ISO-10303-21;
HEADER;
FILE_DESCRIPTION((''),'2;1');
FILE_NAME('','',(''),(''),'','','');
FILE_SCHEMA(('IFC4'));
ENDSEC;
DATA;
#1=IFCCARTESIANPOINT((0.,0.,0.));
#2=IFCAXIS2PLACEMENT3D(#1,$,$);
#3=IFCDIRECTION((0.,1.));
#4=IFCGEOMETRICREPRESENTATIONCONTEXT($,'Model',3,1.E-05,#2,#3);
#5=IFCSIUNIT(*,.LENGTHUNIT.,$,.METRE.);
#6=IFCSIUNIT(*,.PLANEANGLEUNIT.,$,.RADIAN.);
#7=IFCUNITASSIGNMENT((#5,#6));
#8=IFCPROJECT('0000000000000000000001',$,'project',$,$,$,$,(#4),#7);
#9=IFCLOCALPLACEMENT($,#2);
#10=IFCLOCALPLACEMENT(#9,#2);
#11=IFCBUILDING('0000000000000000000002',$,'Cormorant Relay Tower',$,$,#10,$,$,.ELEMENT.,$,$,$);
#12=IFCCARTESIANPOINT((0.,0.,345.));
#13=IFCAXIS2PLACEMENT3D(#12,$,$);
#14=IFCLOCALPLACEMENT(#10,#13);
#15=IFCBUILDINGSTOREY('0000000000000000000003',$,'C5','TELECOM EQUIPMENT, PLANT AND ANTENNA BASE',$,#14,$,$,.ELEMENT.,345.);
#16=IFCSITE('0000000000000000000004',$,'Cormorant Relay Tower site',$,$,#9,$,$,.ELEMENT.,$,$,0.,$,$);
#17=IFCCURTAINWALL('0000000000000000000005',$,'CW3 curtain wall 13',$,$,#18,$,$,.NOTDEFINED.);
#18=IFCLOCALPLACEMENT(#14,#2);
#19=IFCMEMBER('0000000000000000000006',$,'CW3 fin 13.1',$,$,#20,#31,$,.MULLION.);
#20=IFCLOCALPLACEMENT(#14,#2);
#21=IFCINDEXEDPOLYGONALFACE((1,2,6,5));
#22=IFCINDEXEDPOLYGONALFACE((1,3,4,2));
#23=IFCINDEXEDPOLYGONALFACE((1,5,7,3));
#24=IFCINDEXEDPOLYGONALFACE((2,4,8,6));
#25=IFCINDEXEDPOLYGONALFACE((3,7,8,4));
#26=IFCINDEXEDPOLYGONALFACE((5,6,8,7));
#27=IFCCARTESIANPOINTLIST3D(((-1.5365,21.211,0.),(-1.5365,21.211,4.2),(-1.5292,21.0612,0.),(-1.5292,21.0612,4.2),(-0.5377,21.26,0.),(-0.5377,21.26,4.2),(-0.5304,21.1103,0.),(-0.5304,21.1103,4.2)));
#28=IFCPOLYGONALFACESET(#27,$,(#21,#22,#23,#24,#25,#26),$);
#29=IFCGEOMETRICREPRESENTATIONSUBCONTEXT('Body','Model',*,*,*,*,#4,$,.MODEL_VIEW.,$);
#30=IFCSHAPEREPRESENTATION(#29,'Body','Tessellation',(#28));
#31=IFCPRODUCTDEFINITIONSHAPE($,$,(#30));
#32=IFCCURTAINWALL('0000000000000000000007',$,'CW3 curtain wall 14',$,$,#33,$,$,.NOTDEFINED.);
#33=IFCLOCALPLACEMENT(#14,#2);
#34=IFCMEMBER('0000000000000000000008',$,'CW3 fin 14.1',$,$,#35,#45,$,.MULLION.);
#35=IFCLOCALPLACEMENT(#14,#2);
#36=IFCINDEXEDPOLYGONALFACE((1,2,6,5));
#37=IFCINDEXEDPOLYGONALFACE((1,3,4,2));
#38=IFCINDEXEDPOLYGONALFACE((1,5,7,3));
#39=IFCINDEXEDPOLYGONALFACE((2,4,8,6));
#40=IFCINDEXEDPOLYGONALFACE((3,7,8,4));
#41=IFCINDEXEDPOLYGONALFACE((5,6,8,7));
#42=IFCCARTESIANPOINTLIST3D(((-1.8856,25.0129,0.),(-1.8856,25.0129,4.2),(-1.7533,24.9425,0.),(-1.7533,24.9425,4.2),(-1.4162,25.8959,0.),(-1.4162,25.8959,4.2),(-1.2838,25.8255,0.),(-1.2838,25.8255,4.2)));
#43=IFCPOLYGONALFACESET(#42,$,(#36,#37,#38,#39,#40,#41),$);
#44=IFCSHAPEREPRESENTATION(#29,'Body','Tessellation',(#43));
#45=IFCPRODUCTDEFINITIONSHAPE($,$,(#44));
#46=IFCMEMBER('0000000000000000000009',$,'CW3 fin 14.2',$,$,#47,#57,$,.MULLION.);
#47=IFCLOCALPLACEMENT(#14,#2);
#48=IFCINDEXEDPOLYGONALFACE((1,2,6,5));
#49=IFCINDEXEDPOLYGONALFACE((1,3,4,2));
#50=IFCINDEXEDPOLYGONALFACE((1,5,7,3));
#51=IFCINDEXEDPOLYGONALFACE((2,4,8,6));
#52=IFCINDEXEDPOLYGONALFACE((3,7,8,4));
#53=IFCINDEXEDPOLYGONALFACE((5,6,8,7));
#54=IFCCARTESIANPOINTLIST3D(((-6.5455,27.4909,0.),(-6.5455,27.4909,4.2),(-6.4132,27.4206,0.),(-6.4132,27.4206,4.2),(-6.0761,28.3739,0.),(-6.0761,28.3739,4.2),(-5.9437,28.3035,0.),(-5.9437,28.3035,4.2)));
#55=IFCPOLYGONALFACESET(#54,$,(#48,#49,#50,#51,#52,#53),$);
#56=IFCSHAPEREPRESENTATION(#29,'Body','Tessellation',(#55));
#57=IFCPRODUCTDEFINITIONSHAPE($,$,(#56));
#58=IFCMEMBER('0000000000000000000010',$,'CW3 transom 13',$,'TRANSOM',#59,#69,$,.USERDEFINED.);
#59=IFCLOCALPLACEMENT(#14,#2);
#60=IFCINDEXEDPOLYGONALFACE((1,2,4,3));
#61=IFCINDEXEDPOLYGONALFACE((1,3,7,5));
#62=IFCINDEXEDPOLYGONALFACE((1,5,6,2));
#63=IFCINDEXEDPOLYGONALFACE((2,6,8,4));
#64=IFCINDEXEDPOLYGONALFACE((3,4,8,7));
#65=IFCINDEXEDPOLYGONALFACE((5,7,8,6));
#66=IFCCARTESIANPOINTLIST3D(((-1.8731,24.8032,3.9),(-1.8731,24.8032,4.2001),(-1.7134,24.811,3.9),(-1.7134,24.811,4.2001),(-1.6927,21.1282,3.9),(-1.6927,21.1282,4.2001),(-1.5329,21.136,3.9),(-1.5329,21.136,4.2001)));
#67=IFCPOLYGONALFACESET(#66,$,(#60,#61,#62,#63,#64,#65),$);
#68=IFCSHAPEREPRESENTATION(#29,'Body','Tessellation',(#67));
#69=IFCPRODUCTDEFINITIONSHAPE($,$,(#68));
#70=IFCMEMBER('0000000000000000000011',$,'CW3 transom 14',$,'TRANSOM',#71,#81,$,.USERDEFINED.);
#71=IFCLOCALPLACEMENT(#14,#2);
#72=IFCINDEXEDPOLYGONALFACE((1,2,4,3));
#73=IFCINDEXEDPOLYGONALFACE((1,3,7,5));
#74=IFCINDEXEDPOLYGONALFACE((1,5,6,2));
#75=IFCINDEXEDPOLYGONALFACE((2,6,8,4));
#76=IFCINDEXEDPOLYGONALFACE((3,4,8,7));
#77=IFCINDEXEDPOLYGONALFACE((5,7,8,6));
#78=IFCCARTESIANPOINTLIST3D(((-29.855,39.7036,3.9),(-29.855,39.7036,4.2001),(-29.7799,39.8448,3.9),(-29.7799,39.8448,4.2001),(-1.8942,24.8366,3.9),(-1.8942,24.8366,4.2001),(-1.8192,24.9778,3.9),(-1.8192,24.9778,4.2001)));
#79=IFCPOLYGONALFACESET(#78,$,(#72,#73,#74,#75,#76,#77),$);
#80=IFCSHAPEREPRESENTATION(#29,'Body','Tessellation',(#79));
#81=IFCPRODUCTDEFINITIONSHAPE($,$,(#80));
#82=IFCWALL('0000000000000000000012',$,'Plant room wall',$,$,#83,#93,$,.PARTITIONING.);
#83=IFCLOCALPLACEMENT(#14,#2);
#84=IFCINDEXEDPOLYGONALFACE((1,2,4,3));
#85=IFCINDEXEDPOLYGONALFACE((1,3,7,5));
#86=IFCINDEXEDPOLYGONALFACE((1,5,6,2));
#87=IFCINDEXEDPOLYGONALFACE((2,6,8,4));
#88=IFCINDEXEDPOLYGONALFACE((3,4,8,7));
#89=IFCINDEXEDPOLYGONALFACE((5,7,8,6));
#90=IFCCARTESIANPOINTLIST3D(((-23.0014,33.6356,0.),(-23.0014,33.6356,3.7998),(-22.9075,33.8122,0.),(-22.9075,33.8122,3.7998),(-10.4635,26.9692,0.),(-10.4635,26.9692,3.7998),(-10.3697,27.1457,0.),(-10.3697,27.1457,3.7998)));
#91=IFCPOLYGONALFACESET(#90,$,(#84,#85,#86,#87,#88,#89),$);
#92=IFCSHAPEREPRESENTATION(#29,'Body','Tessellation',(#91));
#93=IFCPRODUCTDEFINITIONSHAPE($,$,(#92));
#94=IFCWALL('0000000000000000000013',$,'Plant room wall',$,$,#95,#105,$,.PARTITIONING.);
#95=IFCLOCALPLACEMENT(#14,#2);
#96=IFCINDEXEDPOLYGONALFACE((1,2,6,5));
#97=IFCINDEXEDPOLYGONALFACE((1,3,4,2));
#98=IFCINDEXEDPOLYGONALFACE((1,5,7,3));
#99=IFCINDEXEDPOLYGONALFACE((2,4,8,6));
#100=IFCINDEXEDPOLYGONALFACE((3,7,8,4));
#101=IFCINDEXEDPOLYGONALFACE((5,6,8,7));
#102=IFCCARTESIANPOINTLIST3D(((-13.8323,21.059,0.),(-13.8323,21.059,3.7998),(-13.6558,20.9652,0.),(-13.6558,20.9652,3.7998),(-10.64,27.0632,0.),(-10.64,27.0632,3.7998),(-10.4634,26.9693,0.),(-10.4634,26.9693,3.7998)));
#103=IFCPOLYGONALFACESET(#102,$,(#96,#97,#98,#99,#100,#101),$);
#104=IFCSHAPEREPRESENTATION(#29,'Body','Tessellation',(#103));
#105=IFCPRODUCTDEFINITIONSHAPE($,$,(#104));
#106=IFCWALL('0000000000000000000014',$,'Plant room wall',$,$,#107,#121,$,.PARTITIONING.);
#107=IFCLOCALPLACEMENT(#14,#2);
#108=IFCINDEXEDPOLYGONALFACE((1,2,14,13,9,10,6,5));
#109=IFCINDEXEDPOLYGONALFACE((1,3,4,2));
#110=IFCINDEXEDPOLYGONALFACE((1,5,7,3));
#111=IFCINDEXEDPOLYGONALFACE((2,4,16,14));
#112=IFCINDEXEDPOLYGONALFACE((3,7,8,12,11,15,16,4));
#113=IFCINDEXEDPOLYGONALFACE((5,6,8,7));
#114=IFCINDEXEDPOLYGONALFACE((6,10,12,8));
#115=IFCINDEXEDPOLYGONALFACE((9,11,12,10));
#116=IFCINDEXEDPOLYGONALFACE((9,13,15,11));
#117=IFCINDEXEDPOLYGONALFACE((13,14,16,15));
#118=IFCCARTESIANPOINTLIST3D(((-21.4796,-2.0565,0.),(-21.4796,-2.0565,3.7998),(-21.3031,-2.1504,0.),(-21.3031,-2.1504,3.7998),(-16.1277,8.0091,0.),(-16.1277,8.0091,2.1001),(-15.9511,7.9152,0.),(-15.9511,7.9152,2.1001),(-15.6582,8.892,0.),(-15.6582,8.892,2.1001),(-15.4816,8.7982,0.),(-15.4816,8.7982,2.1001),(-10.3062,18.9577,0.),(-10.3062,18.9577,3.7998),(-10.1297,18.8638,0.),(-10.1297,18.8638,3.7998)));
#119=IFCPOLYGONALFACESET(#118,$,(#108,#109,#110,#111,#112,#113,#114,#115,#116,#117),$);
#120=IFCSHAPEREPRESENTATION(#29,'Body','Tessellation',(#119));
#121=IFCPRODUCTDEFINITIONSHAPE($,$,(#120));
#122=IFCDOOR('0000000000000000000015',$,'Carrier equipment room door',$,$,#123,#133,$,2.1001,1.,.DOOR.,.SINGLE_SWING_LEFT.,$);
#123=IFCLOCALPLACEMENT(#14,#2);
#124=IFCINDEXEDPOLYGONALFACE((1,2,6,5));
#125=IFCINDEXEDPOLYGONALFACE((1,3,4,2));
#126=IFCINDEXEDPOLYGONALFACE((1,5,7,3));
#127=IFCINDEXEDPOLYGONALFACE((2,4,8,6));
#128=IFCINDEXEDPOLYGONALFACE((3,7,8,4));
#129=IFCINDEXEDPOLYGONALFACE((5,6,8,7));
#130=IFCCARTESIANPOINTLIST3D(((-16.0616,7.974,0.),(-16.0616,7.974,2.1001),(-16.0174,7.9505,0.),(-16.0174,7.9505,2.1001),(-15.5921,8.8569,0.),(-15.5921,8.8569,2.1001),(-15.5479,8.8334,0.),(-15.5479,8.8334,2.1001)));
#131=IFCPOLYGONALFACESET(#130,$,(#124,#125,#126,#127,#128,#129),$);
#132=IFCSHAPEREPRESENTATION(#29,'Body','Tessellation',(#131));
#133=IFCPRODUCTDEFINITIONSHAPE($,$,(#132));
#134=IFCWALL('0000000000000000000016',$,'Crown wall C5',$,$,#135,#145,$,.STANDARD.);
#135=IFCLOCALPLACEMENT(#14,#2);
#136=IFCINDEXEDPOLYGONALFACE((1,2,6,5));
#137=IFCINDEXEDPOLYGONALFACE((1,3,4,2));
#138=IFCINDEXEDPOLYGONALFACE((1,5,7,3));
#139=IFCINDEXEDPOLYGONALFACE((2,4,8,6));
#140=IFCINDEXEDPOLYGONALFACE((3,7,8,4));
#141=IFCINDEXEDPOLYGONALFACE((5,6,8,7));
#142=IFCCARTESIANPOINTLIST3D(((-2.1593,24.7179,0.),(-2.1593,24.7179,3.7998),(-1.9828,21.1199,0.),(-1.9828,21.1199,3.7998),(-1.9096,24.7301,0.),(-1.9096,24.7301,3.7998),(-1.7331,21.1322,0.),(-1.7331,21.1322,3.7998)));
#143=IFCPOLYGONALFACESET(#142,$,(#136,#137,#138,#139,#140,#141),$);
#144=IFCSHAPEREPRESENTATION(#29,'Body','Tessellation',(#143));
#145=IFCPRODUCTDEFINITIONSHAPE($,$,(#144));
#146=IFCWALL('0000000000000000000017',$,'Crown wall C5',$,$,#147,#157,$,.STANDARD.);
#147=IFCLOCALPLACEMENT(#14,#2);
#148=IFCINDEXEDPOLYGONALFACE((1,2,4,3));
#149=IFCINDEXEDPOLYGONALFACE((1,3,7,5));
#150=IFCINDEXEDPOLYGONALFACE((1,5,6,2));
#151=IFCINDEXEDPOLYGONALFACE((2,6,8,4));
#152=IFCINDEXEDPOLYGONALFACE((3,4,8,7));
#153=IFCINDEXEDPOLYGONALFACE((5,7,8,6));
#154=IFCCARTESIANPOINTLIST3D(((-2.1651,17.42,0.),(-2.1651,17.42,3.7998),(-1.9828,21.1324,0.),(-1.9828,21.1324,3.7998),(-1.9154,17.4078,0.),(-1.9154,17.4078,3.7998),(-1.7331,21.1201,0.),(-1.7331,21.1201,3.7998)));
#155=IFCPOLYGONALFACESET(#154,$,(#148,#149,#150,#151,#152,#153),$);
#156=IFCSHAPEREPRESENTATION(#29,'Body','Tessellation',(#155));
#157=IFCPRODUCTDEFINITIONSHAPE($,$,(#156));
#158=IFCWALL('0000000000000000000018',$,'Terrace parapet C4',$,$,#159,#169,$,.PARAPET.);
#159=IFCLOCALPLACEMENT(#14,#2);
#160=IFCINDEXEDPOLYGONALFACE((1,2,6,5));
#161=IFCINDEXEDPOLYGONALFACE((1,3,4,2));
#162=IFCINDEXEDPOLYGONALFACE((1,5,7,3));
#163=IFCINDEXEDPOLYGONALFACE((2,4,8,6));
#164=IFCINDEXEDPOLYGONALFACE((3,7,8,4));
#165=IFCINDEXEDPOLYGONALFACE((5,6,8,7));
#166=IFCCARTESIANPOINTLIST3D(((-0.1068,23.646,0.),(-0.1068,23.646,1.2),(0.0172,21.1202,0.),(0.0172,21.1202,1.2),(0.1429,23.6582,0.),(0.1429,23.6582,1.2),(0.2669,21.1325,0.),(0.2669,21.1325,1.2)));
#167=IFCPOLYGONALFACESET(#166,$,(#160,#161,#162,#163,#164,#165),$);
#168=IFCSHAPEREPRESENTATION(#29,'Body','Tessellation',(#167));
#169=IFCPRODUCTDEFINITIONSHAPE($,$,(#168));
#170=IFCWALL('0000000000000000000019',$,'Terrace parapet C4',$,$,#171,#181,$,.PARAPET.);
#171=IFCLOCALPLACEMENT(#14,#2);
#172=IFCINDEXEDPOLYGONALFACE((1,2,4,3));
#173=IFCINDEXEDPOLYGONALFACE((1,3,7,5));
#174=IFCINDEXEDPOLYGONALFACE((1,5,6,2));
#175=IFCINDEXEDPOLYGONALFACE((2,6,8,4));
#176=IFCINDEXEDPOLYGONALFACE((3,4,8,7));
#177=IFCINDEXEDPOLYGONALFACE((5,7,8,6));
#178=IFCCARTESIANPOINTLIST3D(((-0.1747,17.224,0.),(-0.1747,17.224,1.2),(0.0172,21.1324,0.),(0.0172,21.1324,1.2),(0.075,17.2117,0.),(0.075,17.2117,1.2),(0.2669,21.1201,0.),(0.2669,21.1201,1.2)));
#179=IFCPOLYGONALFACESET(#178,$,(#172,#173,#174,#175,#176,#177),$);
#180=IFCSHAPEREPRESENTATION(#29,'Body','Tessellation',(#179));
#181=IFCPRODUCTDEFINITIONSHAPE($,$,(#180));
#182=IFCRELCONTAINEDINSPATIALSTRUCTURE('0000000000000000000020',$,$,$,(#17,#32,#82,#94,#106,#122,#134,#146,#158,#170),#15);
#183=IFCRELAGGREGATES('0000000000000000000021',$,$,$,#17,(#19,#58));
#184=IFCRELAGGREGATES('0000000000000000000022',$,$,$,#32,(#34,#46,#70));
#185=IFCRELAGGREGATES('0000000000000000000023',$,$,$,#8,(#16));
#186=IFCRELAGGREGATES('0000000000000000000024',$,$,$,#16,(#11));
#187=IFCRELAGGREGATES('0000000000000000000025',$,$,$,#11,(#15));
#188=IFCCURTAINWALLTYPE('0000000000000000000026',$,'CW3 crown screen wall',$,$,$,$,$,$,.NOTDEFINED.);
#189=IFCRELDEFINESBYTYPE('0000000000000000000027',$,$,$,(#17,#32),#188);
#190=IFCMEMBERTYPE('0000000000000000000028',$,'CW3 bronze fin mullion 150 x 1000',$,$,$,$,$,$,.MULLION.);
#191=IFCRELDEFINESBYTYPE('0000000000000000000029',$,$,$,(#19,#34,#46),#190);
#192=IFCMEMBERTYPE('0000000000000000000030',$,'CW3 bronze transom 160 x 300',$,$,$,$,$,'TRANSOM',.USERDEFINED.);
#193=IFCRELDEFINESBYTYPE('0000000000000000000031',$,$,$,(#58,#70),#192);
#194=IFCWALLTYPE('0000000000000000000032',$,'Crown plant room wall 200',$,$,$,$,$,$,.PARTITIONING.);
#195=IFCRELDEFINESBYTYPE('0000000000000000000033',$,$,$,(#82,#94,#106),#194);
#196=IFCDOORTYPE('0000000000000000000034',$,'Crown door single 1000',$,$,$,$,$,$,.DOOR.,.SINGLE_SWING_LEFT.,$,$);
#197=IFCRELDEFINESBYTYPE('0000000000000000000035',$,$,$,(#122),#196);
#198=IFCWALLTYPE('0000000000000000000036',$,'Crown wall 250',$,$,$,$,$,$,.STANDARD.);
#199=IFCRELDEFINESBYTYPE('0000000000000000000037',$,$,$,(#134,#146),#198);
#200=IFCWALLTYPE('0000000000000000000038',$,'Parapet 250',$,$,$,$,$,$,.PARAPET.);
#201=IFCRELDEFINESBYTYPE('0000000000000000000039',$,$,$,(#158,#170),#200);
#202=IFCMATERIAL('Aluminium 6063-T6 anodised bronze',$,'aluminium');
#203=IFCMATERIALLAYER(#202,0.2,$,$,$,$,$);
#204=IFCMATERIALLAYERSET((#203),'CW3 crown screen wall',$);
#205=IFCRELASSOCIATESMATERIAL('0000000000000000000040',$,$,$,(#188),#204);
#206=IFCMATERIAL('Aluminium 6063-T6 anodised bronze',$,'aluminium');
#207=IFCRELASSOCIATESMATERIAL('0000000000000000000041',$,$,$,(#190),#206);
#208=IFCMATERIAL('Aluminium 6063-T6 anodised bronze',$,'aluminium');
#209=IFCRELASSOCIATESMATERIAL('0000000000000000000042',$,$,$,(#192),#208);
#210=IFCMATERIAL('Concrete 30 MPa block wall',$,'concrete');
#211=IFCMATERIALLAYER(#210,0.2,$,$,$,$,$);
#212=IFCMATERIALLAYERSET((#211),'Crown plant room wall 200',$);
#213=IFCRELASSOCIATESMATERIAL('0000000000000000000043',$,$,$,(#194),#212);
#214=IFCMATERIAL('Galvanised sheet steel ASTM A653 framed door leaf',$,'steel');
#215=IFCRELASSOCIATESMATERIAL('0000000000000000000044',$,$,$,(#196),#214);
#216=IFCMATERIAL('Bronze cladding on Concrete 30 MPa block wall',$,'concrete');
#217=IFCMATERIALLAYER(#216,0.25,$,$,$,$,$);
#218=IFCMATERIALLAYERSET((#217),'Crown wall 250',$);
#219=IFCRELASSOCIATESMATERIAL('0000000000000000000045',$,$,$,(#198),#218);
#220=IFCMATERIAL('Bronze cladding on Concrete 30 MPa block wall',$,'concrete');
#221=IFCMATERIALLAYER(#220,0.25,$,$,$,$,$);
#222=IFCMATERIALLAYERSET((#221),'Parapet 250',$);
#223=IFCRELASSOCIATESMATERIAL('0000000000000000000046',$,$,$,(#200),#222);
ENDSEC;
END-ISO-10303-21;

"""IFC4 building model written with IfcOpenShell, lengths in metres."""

from ifc_helpers import new_model, si_unit, direction, frame, frame_2d, origin, origin_2d, place, context, subcontext, project, spatial, rectangle, extrude, material, layer, layer_set, material_profile, profile_set, type_object, element, fill, aggregate, save


model = new_model("IFC4")

# Units and contexts
model_context = context("Model", 3, precision=1e-05, world=origin(), true_north=direction((0.0, 1.0)))
body_context = subcontext(model_context, "Body", "Model", "MODEL_VIEW")
ifc_project = project(units=[si_unit("LENGTHUNIT", "METRE"), si_unit("PLANEANGLEUNIT", "RADIAN")], contexts=[model_context])

# Site, building, storey
site_placement = place(None, origin())
site = spatial("IfcSite", under=ifc_project, at=site_placement, Name="Cormorant Relay Tower site", CompositionType="ELEMENT", RefElevation=0.0)
building_placement = place(site_placement, origin())
building = spatial("IfcBuilding", under=site, at=building_placement, Name="Cormorant Relay Tower", CompositionType="ELEMENT")
storey_placement = place(building_placement, frame((0.0, 0.0, 345.0)))
storey = spatial("IfcBuildingStorey", under=building, at=storey_placement, Name="C5", Description="TELECOM EQUIPMENT, PLANT AND ANTENNA BASE", CompositionType="ELEMENT", Elevation=345.0)

# Curtain wall, member
ifc_material_1 = material(Name="Aluminium 6063-T6 anodised bronze", Category="aluminium")
ifc_layer_1 = layer(ifc_material_1, 0.2)
ifc_layer_set_1 = layer_set([ifc_layer_1], Name="CW3 crown screen wall")
curtain_wall_type = type_object("IfcCurtainWallType", Name="CW3 crown screen wall", PredefinedType="NOTDEFINED", material=ifc_layer_set_1)
curtain_wall_1_placement = place(storey_placement, origin())
curtain_wall_1 = element("IfcCurtainWall", 1, at=curtain_wall_1_placement, inside=storey, type_object=curtain_wall_type, Name="CW3 curtain wall 13", PredefinedType="NOTDEFINED")
ifc_material_2 = material(Name="Aluminium 6063-T6 anodised bronze", Category="aluminium")
ifc_material_profile_1 = material_profile(ifc_material_2, rectangle(XDim=0.1499, YDim=1.0, at=origin_2d()), Name="AL 150x1000")
ifc_profile_set_1 = profile_set([ifc_material_profile_1], Name="Aluminium 6063-T6 anodised bronze")
member_type_1 = type_object("IfcMemberType", Name="CW3 bronze fin mullion 150 x 1000", PredefinedType="MULLION", material=ifc_profile_set_1)
member_1_placement = place(storey_placement, frame((-1.0334, 21.1606, 0.0), z_axis=(0.0, 0.0, 1.0), x_axis=(-0.049068, 0.998795, 0.0)))
member_1 = element("IfcMember", 2, at=member_1_placement, type_object=member_type_1, Name="CW3 fin 13.1", PredefinedType="MULLION", context=body_context, shape_type="SweptSolid", body=[
    extrude(rectangle(XDim=0.1499, YDim=1.0, at=origin_2d()), origin(), (0.0, 0.0, 1.0), 4.2),
])

# Curtain wall, members
curtain_wall_2_placement = place(storey_placement, origin())
curtain_wall_2 = element("IfcCurtainWall", 3, at=curtain_wall_2_placement, inside=storey, type_object=curtain_wall_type, Name="CW3 curtain wall 14", PredefinedType="NOTDEFINED")
member_2_placement = place(storey_placement, frame((-1.5847, 25.4192, 0.0), z_axis=(0.0, 0.0, 1.0), x_axis=(-0.882948, 0.469472, 0.0)))
member_2 = element("IfcMember", 4, at=member_2_placement, type_object=member_type_1, Name="CW3 fin 14.1", PredefinedType="MULLION", context=body_context, shape_type="SweptSolid", body=[
    extrude(rectangle(XDim=0.1499, YDim=1.0, at=origin_2d()), origin(), (0.0, 0.0, 1.0), 4.2),
])
member_3_placement = place(storey_placement, frame((-6.2446, 27.8972, 0.0), z_axis=(0.0, 0.0, 1.0), x_axis=(-0.882948, 0.469472, 0.0)))
member_3 = element("IfcMember", 5, at=member_3_placement, type_object=member_type_1, Name="CW3 fin 14.2", PredefinedType="MULLION", context=body_context, shape_type="SweptSolid", body=[
    extrude(rectangle(XDim=0.1499, YDim=1.0, at=origin_2d()), origin(), (0.0, 0.0, 1.0), 4.2),
])

# Members
ifc_material_3 = material(Name="Aluminium 6063-T6 anodised bronze", Category="aluminium")
ifc_material_profile_2 = material_profile(ifc_material_3, rectangle(XDim=0.1599, YDim=0.3, at=origin_2d()), Name="AL 160x300")
ifc_profile_set_2 = profile_set([ifc_material_profile_2], Name="Aluminium 6063-T6 anodised bronze")
member_type_2 = type_object("IfcMemberType", Name="CW3 bronze transom 160 x 300", ElementType="TRANSOM", PredefinedType="USERDEFINED", material=ifc_profile_set_2)
member_4_placement = place(storey_placement, frame((-1.6128, 21.1321, 4.05), z_axis=(-0.049034, 0.998797, 0.0), x_axis=(-0.998797, -0.049034, 0.0)))
member_4 = element("IfcMember", 6, at=member_4_placement, type_object=member_type_2, Name="CW3 transom 13", ObjectType="TRANSOM", PredefinedType="USERDEFINED", context=body_context, shape_type="SweptSolid", body=[
    extrude(rectangle(XDim=0.1599, YDim=0.3, at=origin_2d()), origin(), (0.0, 0.0, 1.0), 3.6794),
])
member_5_placement = place(storey_placement, frame((-1.8567, 24.9072, 4.05), z_axis=(-0.882948, 0.469471, 0.0), x_axis=(-0.469471, -0.882948, 0.0)))
member_5 = element("IfcMember", 7, at=member_5_placement, type_object=member_type_2, Name="CW3 transom 14", ObjectType="TRANSOM", PredefinedType="USERDEFINED", context=body_context, shape_type="SweptSolid", body=[
    extrude(rectangle(XDim=0.1599, YDim=0.3, at=origin_2d()), origin(), (0.0, 0.0, 1.0), 31.6675),
])

# Walls
ifc_material_4 = material(Name="Concrete 30 MPa block wall", Category="concrete")
ifc_layer_2 = layer(ifc_material_4, 0.2)
ifc_layer_set_2 = layer_set([ifc_layer_2], Name="Crown plant room wall 200")
wall_type_1 = type_object("IfcWallType", Name="Crown plant room wall 200", PredefinedType="PARTITIONING", material=ifc_layer_set_2)
wall_1_placement = place(storey_placement, frame((-10.4165, 27.0574, 0.0), z_axis=(0.0, 0.0, 1.0), x_axis=(-0.882947, 0.469472, 0.0)))
element("IfcWall", 8, at=wall_1_placement, inside=storey, type_object=wall_type_1, Name="Plant room wall", PredefinedType="PARTITIONING", context=body_context, shape_type="SweptSolid", body=[
    extrude(rectangle(XDim=14.2, YDim=0.2, at=frame_2d((7.1001, 0.0))), origin(), (0.0, 0.0, 1.0), 3.7998),
])
wall_2_placement = place(storey_placement, frame((-10.5518, 27.0161, 0.0), z_axis=(0.0, 0.0, 1.0), x_axis=(-0.469462, -0.882953, 0.0)))
element("IfcWall", 9, at=wall_2_placement, inside=storey, type_object=wall_type_1, Name="Plant room wall", PredefinedType="PARTITIONING", context=body_context, shape_type="SweptSolid", body=[
    extrude(rectangle(XDim=6.8, YDim=0.2, at=frame_2d((3.3999, 0.0))), origin(), (0.0, 0.0, 1.0), 3.7998),
])

# Wall, opening, door
wall_3_placement = place(storey_placement, frame((-10.218, 18.9106, 0.0), z_axis=(0.0, 0.0, 1.0), x_axis=(-0.469469, -0.882949, 0.0)))
wall_3 = element("IfcWall", 10, at=wall_3_placement, inside=storey, type_object=wall_type_1, Name="Plant room wall", PredefinedType="PARTITIONING", context=body_context, shape_type="SweptSolid", body=[
    extrude(rectangle(XDim=23.8, YDim=0.2, at=frame_2d((11.8999, 0.0))), origin(), (0.0, 0.0, 1.0), 3.7998),
])
opening_placement = place(wall_3_placement, frame((11.3999, 0.0, 0.0)))
opening = element("IfcOpeningElement", 11, at=opening_placement, cuts=wall_3, PredefinedType="OPENING", context=body_context, shape_type="SweptSolid", body=[
    extrude(rectangle(XDim=1.0, YDim=2.1001, at=frame_2d((0.5, 1.05))), frame((0.0, 0.1099, 0.0), z_axis=(0.0, -1.0, 0.0), x_axis=(1.0, 0.0, 0.0)), (0.0, 0.0, 1.0), 0.22),
])
ifc_material_5 = material(Name="Galvanised sheet steel ASTM A653 framed door leaf", Category="steel")
door_type = type_object("IfcDoorType", Name="Crown door single 1000", OperationType="SINGLE_SWING_LEFT", PredefinedType="DOOR", material=ifc_material_5)
door_placement = place(opening_placement, origin())
door = element("IfcDoor", 12, at=door_placement, inside=storey, type_object=door_type, Name="Carrier equipment room door", OperationType="SINGLE_SWING_LEFT", OverallHeight=2.1001, OverallWidth=1.0, PredefinedType="DOOR", context=body_context, shape_type="SweptSolid", body=[
    extrude(rectangle(XDim=1.0, YDim=2.1001, at=frame_2d((0.5, 1.05))), frame((0.0, 0.0249, 0.0), z_axis=(0.0, -1.0, 0.0), x_axis=(1.0, 0.0, 0.0)), (0.0, 0.0, 1.0), 0.05),
])
fill(opening, door)

# Walls
ifc_material_6 = material(Name="Bronze cladding on Concrete 30 MPa block wall", Category="concrete")
ifc_layer_3 = layer(ifc_material_6, 0.25)
ifc_layer_set_3 = layer_set([ifc_layer_3], Name="Crown wall 250")
wall_type_2 = type_object("IfcWallType", Name="Crown wall 250", PredefinedType="STANDARD", material=ifc_layer_set_3)
wall_4_placement = place(storey_placement, frame((-2.0344, 24.7241, 0.0), z_axis=(0.0, 0.0, 1.0), x_axis=(0.049001, -0.998799, 0.0)))
element("IfcWall", 13, at=wall_4_placement, inside=storey, type_object=wall_type_2, Name="Crown wall C5", PredefinedType="STANDARD", context=body_context, shape_type="SweptSolid", body=[
    extrude(rectangle(XDim=3.6023, YDim=0.25, at=frame_2d((1.8013, 0.0))), origin(), (0.0, 0.0, 1.0), 3.7998),
])
wall_5_placement = place(storey_placement, frame((-1.8579, 21.1262, 0.0), z_axis=(0.0, 0.0, 1.0), x_axis=(-0.049066, -0.998796, 0.0)))
element("IfcWall", 14, at=wall_5_placement, inside=storey, type_object=wall_type_2, Name="Crown wall C5", PredefinedType="STANDARD", context=body_context, shape_type="SweptSolid", body=[
    extrude(rectangle(XDim=3.7168, YDim=0.25, at=frame_2d((1.8584, 0.0))), origin(), (0.0, 0.0, 1.0), 3.7998),
])
ifc_material_7 = material(Name="Bronze cladding on Concrete 30 MPa block wall", Category="concrete")
ifc_layer_4 = layer(ifc_material_7, 0.25)
ifc_layer_set_4 = layer_set([ifc_layer_4], Name="Parapet 250")
wall_type_3 = type_object("IfcWallType", Name="Parapet 250", PredefinedType="PARAPET", material=ifc_layer_set_4)
wall_6_placement = place(storey_placement, frame((0.0181, 23.6521, 0.0), z_axis=(0.0, 0.0, 1.0), x_axis=(0.049042, -0.998797, 0.0)))
element("IfcWall", 15, at=wall_6_placement, inside=storey, type_object=wall_type_3, Name="Terrace parapet C4", PredefinedType="PARAPET", context=body_context, shape_type="SweptSolid", body=[
    extrude(rectangle(XDim=2.5288, YDim=0.25, at=frame_2d((1.2644, 0.0))), origin(), (0.0, 0.0, 1.0), 1.2),
])
wall_7_placement = place(storey_placement, frame((0.1421, 21.1262, 0.0), z_axis=(0.0, 0.0, 1.0), x_axis=(-0.049038, -0.998797, 0.0)))
element("IfcWall", 16, at=wall_7_placement, inside=storey, type_object=wall_type_3, Name="Terrace parapet C4", PredefinedType="PARAPET", context=body_context, shape_type="SweptSolid", body=[
    extrude(rectangle(XDim=3.9131, YDim=0.25, at=frame_2d((1.9565, 0.0))), origin(), (0.0, 0.0, 1.0), 1.2),
])

aggregate(curtain_wall_1, [member_1, member_4])
aggregate(curtain_wall_2, [member_2, member_3, member_5])

save(model, "model.ifc")
